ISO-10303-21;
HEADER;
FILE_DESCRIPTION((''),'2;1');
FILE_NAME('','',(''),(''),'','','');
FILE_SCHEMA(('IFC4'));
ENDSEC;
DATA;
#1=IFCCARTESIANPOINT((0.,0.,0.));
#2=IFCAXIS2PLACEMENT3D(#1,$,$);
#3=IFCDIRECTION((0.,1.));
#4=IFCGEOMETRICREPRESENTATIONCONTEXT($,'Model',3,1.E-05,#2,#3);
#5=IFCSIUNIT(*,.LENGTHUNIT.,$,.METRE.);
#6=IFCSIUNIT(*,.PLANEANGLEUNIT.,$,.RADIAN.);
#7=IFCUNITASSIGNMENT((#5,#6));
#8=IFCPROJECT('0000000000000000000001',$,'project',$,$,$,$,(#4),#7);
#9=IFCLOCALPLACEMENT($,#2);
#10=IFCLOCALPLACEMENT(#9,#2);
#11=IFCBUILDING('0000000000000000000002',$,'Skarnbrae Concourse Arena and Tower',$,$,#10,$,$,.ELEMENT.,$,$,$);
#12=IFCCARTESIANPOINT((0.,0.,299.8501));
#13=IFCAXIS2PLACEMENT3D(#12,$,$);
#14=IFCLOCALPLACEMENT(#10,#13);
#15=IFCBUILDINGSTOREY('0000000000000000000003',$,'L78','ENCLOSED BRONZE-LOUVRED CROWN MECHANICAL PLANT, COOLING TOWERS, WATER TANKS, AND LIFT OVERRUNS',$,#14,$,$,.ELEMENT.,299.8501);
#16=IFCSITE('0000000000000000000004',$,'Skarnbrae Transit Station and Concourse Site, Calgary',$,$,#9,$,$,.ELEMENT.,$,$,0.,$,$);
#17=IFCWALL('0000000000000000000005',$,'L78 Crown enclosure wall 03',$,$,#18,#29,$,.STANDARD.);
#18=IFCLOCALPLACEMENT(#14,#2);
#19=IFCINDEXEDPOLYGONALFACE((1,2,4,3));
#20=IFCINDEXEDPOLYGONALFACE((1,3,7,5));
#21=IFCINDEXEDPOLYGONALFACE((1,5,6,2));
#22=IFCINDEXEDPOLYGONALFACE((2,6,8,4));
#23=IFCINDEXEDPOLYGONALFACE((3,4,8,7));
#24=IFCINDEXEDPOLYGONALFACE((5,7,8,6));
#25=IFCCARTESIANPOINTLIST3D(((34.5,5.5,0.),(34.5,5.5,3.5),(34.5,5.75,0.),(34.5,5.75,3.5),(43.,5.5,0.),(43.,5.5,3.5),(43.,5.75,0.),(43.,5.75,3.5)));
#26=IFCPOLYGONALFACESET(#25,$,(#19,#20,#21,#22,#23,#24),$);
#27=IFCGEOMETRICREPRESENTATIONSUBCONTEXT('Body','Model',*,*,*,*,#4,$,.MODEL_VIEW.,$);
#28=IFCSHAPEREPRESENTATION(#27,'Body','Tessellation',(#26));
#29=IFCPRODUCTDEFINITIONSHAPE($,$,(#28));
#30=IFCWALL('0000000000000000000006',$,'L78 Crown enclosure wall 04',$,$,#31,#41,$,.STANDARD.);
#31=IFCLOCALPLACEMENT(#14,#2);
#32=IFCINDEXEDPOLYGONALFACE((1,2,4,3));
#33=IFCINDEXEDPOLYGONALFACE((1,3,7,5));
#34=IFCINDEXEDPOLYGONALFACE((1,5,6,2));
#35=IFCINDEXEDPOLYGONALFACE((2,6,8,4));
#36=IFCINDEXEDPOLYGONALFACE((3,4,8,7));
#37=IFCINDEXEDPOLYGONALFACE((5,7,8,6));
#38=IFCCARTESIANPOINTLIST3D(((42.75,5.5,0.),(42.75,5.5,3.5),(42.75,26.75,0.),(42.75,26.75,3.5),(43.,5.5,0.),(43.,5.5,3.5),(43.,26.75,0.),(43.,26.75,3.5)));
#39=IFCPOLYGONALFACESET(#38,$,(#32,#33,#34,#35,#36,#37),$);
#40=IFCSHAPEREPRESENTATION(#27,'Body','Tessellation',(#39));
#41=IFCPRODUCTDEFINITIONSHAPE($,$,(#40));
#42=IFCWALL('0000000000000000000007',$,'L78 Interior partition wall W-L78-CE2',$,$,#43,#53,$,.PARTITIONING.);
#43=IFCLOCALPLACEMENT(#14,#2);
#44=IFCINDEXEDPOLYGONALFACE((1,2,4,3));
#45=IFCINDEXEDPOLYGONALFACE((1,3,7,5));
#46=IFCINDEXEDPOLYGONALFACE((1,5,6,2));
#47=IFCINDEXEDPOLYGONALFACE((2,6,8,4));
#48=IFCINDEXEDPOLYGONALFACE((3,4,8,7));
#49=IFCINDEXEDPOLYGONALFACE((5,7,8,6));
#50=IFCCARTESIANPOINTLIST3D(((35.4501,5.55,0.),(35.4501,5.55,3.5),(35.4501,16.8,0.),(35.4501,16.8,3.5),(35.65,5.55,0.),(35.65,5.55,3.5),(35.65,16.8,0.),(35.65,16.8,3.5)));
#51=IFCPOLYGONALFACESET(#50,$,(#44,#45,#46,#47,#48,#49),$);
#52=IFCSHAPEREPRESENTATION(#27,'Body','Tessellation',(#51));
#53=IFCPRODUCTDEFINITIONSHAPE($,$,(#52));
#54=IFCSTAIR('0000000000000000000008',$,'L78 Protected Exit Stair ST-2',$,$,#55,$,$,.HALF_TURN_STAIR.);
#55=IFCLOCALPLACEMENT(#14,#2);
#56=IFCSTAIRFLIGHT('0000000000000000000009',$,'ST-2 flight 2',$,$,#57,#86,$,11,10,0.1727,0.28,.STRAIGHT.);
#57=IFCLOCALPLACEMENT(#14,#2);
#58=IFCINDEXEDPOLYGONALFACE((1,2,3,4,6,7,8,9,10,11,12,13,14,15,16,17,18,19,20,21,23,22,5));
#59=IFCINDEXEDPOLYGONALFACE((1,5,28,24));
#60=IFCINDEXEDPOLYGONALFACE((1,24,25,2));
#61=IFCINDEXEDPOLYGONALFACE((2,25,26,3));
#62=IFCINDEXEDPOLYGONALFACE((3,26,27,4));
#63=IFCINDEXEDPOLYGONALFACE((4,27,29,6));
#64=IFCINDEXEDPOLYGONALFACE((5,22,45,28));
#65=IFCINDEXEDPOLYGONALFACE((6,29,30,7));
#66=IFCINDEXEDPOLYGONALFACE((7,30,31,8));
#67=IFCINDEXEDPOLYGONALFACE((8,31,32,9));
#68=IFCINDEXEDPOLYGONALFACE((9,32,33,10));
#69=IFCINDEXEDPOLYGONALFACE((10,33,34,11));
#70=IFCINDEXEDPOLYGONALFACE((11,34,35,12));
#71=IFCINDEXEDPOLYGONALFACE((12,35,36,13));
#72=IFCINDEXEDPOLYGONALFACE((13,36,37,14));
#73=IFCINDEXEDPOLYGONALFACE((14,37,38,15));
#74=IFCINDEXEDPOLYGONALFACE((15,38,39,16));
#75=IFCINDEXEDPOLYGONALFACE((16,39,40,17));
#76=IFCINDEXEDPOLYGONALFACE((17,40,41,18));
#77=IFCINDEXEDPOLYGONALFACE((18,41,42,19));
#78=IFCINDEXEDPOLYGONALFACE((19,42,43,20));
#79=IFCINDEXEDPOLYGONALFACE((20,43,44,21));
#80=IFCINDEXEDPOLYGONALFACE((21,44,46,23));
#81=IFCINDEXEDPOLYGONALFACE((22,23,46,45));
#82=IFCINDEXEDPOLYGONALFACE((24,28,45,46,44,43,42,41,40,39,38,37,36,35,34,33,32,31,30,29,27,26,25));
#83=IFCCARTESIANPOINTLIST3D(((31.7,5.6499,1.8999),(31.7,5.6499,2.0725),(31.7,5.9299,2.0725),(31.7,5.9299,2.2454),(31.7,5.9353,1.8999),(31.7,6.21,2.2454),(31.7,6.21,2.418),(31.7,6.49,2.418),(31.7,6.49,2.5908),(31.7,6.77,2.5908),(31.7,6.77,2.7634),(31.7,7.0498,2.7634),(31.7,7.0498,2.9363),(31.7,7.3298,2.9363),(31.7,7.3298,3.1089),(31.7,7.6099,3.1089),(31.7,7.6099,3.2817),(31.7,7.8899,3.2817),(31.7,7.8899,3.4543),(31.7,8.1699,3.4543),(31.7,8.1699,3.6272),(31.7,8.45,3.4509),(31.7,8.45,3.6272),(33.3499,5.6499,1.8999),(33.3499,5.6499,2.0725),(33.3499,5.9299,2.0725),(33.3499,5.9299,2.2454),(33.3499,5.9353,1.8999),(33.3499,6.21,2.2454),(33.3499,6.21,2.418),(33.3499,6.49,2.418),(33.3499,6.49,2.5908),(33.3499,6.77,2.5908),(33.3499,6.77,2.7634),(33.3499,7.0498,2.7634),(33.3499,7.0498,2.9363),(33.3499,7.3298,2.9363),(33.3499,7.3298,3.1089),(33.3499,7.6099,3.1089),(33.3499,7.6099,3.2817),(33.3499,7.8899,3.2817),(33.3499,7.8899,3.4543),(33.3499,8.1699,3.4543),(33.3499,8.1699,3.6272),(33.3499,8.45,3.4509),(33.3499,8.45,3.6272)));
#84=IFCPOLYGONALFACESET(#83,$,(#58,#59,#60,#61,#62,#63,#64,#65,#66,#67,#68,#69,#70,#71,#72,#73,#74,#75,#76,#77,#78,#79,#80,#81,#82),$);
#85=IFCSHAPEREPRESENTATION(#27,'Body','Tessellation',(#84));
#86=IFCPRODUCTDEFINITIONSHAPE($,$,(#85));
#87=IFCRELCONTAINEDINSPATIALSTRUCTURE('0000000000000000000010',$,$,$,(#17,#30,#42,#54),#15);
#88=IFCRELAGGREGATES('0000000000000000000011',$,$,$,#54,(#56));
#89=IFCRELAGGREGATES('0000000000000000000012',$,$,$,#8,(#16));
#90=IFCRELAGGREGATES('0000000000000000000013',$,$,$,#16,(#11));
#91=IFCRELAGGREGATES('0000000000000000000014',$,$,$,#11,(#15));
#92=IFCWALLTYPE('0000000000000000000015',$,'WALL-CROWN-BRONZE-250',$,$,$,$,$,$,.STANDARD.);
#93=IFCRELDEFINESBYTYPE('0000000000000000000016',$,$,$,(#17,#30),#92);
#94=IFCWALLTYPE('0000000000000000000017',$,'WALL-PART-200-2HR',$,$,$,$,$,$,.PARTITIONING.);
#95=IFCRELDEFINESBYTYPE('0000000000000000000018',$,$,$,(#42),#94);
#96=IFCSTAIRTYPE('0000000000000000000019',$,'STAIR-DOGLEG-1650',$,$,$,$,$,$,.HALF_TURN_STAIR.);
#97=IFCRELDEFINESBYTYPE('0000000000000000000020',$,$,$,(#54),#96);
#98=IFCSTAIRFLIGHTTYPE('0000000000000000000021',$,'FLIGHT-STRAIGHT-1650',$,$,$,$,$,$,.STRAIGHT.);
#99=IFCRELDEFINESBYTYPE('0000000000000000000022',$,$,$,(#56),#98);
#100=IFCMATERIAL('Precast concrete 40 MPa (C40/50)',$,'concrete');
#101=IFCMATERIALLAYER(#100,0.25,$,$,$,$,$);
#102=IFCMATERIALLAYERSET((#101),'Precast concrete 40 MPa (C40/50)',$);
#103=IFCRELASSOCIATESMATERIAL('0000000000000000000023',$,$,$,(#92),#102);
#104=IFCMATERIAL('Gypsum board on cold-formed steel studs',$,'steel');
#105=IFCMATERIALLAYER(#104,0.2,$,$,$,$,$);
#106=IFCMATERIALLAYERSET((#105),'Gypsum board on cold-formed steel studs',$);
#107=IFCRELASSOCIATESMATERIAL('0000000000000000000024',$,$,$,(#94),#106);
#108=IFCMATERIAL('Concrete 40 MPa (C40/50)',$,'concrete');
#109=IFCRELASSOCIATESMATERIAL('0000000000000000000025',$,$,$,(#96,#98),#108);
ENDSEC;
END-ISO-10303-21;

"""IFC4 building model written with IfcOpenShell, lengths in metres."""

from ifc_helpers import new_model, si_unit, direction, frame, frame_2d, origin, place, context, subcontext, project, spatial, polyline, rectangle, outline, extrude, source, transform, mapped, material, layer, layer_set, type_object, element, aggregate, save


model = new_model("IFC4")

# Units and contexts
model_context = context("Model", 3, precision=1e-05, world=origin(), true_north=direction((0.0, 1.0)))
body_context = subcontext(model_context, "Body", "Model", "MODEL_VIEW")
ifc_project = project(units=[si_unit("LENGTHUNIT", "METRE"), si_unit("PLANEANGLEUNIT", "RADIAN")], contexts=[model_context])

# Site, building, storey
site_placement = place(None, origin())
site = spatial("IfcSite", under=ifc_project, at=site_placement, Name="Skarnbrae Transit Station and Concourse Site, Calgary", CompositionType="ELEMENT", RefElevation=0.0)
building_placement = place(site_placement, origin())
building = spatial("IfcBuilding", under=site, at=building_placement, Name="Skarnbrae Concourse Arena and Tower", CompositionType="ELEMENT")
storey_placement = place(building_placement, frame((0.0, 0.0, 299.8501)))
storey = spatial("IfcBuildingStorey", under=building, at=storey_placement, Name="L78", Description="ENCLOSED BRONZE-LOUVRED CROWN MECHANICAL PLANT, COOLING TOWERS, WATER TANKS, AND LIFT OVERRUNS", CompositionType="ELEMENT", Elevation=299.8501)

# Walls
ifc_material_1 = material(Name="Precast concrete 40 MPa (C40/50)", Category="concrete")
ifc_layer_1 = layer(ifc_material_1, 0.25)
ifc_layer_set_1 = layer_set([ifc_layer_1], Name="Precast concrete 40 MPa (C40/50)")
wall_type_1 = type_object("IfcWallType", Name="WALL-CROWN-BRONZE-250", PredefinedType="STANDARD", material=ifc_layer_set_1)
shared_shape_1 = source(origin(), body_context, "Body", "SweptSolid", [
    extrude(rectangle(XDim=8.5, YDim=0.25, at=frame_2d((4.25, 0.0))), origin(), (0.0, 0.0, 1.0), 3.5),
])
wall_1_placement = place(storey_placement, frame((34.5, 5.625, 0.0), z_axis=(0.0, 0.0, 1.0), x_axis=(1.0, 0.0, 0.0)))
element("IfcWall", 1, at=wall_1_placement, inside=storey, type_object=wall_type_1, Name="L78 Crown enclosure wall 03", PredefinedType="STANDARD", context=body_context, shape_type="MappedRepresentation", body=[
    mapped(shared_shape_1, transform((0.0, 0.0, 0.0))),
])
shared_shape_2 = source(origin(), body_context, "Body", "SweptSolid", [
    extrude(rectangle(XDim=21.25, YDim=0.25, at=frame_2d((10.625, 0.0))), origin(), (0.0, 0.0, 1.0), 3.5),
])
wall_2_placement = place(storey_placement, frame((42.875, 5.5, 0.0), z_axis=(0.0, 0.0, 1.0), x_axis=(0.0, 1.0, 0.0)))
element("IfcWall", 2, at=wall_2_placement, inside=storey, type_object=wall_type_1, Name="L78 Crown enclosure wall 04", PredefinedType="STANDARD", context=body_context, shape_type="MappedRepresentation", body=[
    mapped(shared_shape_2, transform((0.0, 0.0, 0.0))),
])
ifc_material_2 = material(Name="Gypsum board on cold-formed steel studs", Category="steel")
ifc_layer_2 = layer(ifc_material_2, 0.2)
ifc_layer_set_2 = layer_set([ifc_layer_2], Name="Gypsum board on cold-formed steel studs")
wall_type_2 = type_object("IfcWallType", Name="WALL-PART-200-2HR", PredefinedType="PARTITIONING", material=ifc_layer_set_2)
shared_shape_3 = source(origin(), body_context, "Body", "SweptSolid", [
    extrude(rectangle(XDim=11.25, YDim=0.2, at=frame_2d((5.625, 0.0))), origin(), (0.0, 0.0, 1.0), 3.5),
])
wall_3_placement = place(storey_placement, frame((35.55, 5.55, 0.0), z_axis=(0.0, 0.0, 1.0), x_axis=(0.0, 1.0, 0.0)))
element("IfcWall", 3, at=wall_3_placement, inside=storey, type_object=wall_type_2, Name="L78 Interior partition wall W-L78-CE2", PredefinedType="PARTITIONING", context=body_context, shape_type="MappedRepresentation", body=[
    mapped(shared_shape_3, transform((0.0, 0.0, 0.0))),
])

# Stair, stair flight
ifc_material_3 = material(Name="Concrete 40 MPa (C40/50)", Category="concrete")
stair_type = type_object("IfcStairType", Name="STAIR-DOGLEG-1650", PredefinedType="HALF_TURN_STAIR", material=ifc_material_3)
stair_placement = place(storey_placement, origin())
stair = element("IfcStair", 4, at=stair_placement, inside=storey, type_object=stair_type, Name="L78 Protected Exit Stair ST-2", PredefinedType="HALF_TURN_STAIR")
stair_flight_type = type_object("IfcStairFlightType", Name="FLIGHT-STRAIGHT-1650", PredefinedType="STRAIGHT", material=ifc_material_3)
shared_shape_4 = source(origin(), body_context, "Body", "SweptSolid", [
    extrude(outline(polyline([(0.0, 0.0), (0.0, 0.1726), (0.28, 0.1726), (0.28, 0.3455), (0.5601, 0.3455), (0.5601, 0.5181), (0.8401, 0.5181), (0.8401, 0.6909), (1.1201, 0.6909), (1.1201, 0.8635), (1.3999, 0.8635), (1.3999, 1.0364), (1.6799, 1.0364), (1.6799, 1.209), (1.96, 1.209), (1.96, 1.3818), (2.24, 1.3818), (2.24, 1.5544), (2.52, 1.5544), (2.52, 1.7273), (2.8, 1.7273), (2.8, 1.8999), (2.8, 1.551), (0.2854, 0.0), (0.0, 0.0)])), frame((0.0, 0.825, 0.0), z_axis=(0.0, -1.0, 0.0), x_axis=(1.0, 0.0, 0.0)), (0.0, 0.0, 1.0), 1.6499),
])
stair_flight_placement = place(storey_placement, frame((32.5249, 5.6499, 1.8999), z_axis=(0.0, 0.0, 1.0), x_axis=(0.0, 1.0, 0.0)))
stair_flight = element("IfcStairFlight", 5, at=stair_flight_placement, type_object=stair_flight_type, Name="ST-2 flight 2", NumberOfRisers=11, NumberOfTreads=10, PredefinedType="STRAIGHT", RiserHeight=0.1727, TreadLength=0.28, context=body_context, shape_type="MappedRepresentation", body=[
    mapped(shared_shape_4, transform((0.0, 0.0, 0.0))),
])
aggregate(stair, [stair_flight])

save(model, "model.ifc")
